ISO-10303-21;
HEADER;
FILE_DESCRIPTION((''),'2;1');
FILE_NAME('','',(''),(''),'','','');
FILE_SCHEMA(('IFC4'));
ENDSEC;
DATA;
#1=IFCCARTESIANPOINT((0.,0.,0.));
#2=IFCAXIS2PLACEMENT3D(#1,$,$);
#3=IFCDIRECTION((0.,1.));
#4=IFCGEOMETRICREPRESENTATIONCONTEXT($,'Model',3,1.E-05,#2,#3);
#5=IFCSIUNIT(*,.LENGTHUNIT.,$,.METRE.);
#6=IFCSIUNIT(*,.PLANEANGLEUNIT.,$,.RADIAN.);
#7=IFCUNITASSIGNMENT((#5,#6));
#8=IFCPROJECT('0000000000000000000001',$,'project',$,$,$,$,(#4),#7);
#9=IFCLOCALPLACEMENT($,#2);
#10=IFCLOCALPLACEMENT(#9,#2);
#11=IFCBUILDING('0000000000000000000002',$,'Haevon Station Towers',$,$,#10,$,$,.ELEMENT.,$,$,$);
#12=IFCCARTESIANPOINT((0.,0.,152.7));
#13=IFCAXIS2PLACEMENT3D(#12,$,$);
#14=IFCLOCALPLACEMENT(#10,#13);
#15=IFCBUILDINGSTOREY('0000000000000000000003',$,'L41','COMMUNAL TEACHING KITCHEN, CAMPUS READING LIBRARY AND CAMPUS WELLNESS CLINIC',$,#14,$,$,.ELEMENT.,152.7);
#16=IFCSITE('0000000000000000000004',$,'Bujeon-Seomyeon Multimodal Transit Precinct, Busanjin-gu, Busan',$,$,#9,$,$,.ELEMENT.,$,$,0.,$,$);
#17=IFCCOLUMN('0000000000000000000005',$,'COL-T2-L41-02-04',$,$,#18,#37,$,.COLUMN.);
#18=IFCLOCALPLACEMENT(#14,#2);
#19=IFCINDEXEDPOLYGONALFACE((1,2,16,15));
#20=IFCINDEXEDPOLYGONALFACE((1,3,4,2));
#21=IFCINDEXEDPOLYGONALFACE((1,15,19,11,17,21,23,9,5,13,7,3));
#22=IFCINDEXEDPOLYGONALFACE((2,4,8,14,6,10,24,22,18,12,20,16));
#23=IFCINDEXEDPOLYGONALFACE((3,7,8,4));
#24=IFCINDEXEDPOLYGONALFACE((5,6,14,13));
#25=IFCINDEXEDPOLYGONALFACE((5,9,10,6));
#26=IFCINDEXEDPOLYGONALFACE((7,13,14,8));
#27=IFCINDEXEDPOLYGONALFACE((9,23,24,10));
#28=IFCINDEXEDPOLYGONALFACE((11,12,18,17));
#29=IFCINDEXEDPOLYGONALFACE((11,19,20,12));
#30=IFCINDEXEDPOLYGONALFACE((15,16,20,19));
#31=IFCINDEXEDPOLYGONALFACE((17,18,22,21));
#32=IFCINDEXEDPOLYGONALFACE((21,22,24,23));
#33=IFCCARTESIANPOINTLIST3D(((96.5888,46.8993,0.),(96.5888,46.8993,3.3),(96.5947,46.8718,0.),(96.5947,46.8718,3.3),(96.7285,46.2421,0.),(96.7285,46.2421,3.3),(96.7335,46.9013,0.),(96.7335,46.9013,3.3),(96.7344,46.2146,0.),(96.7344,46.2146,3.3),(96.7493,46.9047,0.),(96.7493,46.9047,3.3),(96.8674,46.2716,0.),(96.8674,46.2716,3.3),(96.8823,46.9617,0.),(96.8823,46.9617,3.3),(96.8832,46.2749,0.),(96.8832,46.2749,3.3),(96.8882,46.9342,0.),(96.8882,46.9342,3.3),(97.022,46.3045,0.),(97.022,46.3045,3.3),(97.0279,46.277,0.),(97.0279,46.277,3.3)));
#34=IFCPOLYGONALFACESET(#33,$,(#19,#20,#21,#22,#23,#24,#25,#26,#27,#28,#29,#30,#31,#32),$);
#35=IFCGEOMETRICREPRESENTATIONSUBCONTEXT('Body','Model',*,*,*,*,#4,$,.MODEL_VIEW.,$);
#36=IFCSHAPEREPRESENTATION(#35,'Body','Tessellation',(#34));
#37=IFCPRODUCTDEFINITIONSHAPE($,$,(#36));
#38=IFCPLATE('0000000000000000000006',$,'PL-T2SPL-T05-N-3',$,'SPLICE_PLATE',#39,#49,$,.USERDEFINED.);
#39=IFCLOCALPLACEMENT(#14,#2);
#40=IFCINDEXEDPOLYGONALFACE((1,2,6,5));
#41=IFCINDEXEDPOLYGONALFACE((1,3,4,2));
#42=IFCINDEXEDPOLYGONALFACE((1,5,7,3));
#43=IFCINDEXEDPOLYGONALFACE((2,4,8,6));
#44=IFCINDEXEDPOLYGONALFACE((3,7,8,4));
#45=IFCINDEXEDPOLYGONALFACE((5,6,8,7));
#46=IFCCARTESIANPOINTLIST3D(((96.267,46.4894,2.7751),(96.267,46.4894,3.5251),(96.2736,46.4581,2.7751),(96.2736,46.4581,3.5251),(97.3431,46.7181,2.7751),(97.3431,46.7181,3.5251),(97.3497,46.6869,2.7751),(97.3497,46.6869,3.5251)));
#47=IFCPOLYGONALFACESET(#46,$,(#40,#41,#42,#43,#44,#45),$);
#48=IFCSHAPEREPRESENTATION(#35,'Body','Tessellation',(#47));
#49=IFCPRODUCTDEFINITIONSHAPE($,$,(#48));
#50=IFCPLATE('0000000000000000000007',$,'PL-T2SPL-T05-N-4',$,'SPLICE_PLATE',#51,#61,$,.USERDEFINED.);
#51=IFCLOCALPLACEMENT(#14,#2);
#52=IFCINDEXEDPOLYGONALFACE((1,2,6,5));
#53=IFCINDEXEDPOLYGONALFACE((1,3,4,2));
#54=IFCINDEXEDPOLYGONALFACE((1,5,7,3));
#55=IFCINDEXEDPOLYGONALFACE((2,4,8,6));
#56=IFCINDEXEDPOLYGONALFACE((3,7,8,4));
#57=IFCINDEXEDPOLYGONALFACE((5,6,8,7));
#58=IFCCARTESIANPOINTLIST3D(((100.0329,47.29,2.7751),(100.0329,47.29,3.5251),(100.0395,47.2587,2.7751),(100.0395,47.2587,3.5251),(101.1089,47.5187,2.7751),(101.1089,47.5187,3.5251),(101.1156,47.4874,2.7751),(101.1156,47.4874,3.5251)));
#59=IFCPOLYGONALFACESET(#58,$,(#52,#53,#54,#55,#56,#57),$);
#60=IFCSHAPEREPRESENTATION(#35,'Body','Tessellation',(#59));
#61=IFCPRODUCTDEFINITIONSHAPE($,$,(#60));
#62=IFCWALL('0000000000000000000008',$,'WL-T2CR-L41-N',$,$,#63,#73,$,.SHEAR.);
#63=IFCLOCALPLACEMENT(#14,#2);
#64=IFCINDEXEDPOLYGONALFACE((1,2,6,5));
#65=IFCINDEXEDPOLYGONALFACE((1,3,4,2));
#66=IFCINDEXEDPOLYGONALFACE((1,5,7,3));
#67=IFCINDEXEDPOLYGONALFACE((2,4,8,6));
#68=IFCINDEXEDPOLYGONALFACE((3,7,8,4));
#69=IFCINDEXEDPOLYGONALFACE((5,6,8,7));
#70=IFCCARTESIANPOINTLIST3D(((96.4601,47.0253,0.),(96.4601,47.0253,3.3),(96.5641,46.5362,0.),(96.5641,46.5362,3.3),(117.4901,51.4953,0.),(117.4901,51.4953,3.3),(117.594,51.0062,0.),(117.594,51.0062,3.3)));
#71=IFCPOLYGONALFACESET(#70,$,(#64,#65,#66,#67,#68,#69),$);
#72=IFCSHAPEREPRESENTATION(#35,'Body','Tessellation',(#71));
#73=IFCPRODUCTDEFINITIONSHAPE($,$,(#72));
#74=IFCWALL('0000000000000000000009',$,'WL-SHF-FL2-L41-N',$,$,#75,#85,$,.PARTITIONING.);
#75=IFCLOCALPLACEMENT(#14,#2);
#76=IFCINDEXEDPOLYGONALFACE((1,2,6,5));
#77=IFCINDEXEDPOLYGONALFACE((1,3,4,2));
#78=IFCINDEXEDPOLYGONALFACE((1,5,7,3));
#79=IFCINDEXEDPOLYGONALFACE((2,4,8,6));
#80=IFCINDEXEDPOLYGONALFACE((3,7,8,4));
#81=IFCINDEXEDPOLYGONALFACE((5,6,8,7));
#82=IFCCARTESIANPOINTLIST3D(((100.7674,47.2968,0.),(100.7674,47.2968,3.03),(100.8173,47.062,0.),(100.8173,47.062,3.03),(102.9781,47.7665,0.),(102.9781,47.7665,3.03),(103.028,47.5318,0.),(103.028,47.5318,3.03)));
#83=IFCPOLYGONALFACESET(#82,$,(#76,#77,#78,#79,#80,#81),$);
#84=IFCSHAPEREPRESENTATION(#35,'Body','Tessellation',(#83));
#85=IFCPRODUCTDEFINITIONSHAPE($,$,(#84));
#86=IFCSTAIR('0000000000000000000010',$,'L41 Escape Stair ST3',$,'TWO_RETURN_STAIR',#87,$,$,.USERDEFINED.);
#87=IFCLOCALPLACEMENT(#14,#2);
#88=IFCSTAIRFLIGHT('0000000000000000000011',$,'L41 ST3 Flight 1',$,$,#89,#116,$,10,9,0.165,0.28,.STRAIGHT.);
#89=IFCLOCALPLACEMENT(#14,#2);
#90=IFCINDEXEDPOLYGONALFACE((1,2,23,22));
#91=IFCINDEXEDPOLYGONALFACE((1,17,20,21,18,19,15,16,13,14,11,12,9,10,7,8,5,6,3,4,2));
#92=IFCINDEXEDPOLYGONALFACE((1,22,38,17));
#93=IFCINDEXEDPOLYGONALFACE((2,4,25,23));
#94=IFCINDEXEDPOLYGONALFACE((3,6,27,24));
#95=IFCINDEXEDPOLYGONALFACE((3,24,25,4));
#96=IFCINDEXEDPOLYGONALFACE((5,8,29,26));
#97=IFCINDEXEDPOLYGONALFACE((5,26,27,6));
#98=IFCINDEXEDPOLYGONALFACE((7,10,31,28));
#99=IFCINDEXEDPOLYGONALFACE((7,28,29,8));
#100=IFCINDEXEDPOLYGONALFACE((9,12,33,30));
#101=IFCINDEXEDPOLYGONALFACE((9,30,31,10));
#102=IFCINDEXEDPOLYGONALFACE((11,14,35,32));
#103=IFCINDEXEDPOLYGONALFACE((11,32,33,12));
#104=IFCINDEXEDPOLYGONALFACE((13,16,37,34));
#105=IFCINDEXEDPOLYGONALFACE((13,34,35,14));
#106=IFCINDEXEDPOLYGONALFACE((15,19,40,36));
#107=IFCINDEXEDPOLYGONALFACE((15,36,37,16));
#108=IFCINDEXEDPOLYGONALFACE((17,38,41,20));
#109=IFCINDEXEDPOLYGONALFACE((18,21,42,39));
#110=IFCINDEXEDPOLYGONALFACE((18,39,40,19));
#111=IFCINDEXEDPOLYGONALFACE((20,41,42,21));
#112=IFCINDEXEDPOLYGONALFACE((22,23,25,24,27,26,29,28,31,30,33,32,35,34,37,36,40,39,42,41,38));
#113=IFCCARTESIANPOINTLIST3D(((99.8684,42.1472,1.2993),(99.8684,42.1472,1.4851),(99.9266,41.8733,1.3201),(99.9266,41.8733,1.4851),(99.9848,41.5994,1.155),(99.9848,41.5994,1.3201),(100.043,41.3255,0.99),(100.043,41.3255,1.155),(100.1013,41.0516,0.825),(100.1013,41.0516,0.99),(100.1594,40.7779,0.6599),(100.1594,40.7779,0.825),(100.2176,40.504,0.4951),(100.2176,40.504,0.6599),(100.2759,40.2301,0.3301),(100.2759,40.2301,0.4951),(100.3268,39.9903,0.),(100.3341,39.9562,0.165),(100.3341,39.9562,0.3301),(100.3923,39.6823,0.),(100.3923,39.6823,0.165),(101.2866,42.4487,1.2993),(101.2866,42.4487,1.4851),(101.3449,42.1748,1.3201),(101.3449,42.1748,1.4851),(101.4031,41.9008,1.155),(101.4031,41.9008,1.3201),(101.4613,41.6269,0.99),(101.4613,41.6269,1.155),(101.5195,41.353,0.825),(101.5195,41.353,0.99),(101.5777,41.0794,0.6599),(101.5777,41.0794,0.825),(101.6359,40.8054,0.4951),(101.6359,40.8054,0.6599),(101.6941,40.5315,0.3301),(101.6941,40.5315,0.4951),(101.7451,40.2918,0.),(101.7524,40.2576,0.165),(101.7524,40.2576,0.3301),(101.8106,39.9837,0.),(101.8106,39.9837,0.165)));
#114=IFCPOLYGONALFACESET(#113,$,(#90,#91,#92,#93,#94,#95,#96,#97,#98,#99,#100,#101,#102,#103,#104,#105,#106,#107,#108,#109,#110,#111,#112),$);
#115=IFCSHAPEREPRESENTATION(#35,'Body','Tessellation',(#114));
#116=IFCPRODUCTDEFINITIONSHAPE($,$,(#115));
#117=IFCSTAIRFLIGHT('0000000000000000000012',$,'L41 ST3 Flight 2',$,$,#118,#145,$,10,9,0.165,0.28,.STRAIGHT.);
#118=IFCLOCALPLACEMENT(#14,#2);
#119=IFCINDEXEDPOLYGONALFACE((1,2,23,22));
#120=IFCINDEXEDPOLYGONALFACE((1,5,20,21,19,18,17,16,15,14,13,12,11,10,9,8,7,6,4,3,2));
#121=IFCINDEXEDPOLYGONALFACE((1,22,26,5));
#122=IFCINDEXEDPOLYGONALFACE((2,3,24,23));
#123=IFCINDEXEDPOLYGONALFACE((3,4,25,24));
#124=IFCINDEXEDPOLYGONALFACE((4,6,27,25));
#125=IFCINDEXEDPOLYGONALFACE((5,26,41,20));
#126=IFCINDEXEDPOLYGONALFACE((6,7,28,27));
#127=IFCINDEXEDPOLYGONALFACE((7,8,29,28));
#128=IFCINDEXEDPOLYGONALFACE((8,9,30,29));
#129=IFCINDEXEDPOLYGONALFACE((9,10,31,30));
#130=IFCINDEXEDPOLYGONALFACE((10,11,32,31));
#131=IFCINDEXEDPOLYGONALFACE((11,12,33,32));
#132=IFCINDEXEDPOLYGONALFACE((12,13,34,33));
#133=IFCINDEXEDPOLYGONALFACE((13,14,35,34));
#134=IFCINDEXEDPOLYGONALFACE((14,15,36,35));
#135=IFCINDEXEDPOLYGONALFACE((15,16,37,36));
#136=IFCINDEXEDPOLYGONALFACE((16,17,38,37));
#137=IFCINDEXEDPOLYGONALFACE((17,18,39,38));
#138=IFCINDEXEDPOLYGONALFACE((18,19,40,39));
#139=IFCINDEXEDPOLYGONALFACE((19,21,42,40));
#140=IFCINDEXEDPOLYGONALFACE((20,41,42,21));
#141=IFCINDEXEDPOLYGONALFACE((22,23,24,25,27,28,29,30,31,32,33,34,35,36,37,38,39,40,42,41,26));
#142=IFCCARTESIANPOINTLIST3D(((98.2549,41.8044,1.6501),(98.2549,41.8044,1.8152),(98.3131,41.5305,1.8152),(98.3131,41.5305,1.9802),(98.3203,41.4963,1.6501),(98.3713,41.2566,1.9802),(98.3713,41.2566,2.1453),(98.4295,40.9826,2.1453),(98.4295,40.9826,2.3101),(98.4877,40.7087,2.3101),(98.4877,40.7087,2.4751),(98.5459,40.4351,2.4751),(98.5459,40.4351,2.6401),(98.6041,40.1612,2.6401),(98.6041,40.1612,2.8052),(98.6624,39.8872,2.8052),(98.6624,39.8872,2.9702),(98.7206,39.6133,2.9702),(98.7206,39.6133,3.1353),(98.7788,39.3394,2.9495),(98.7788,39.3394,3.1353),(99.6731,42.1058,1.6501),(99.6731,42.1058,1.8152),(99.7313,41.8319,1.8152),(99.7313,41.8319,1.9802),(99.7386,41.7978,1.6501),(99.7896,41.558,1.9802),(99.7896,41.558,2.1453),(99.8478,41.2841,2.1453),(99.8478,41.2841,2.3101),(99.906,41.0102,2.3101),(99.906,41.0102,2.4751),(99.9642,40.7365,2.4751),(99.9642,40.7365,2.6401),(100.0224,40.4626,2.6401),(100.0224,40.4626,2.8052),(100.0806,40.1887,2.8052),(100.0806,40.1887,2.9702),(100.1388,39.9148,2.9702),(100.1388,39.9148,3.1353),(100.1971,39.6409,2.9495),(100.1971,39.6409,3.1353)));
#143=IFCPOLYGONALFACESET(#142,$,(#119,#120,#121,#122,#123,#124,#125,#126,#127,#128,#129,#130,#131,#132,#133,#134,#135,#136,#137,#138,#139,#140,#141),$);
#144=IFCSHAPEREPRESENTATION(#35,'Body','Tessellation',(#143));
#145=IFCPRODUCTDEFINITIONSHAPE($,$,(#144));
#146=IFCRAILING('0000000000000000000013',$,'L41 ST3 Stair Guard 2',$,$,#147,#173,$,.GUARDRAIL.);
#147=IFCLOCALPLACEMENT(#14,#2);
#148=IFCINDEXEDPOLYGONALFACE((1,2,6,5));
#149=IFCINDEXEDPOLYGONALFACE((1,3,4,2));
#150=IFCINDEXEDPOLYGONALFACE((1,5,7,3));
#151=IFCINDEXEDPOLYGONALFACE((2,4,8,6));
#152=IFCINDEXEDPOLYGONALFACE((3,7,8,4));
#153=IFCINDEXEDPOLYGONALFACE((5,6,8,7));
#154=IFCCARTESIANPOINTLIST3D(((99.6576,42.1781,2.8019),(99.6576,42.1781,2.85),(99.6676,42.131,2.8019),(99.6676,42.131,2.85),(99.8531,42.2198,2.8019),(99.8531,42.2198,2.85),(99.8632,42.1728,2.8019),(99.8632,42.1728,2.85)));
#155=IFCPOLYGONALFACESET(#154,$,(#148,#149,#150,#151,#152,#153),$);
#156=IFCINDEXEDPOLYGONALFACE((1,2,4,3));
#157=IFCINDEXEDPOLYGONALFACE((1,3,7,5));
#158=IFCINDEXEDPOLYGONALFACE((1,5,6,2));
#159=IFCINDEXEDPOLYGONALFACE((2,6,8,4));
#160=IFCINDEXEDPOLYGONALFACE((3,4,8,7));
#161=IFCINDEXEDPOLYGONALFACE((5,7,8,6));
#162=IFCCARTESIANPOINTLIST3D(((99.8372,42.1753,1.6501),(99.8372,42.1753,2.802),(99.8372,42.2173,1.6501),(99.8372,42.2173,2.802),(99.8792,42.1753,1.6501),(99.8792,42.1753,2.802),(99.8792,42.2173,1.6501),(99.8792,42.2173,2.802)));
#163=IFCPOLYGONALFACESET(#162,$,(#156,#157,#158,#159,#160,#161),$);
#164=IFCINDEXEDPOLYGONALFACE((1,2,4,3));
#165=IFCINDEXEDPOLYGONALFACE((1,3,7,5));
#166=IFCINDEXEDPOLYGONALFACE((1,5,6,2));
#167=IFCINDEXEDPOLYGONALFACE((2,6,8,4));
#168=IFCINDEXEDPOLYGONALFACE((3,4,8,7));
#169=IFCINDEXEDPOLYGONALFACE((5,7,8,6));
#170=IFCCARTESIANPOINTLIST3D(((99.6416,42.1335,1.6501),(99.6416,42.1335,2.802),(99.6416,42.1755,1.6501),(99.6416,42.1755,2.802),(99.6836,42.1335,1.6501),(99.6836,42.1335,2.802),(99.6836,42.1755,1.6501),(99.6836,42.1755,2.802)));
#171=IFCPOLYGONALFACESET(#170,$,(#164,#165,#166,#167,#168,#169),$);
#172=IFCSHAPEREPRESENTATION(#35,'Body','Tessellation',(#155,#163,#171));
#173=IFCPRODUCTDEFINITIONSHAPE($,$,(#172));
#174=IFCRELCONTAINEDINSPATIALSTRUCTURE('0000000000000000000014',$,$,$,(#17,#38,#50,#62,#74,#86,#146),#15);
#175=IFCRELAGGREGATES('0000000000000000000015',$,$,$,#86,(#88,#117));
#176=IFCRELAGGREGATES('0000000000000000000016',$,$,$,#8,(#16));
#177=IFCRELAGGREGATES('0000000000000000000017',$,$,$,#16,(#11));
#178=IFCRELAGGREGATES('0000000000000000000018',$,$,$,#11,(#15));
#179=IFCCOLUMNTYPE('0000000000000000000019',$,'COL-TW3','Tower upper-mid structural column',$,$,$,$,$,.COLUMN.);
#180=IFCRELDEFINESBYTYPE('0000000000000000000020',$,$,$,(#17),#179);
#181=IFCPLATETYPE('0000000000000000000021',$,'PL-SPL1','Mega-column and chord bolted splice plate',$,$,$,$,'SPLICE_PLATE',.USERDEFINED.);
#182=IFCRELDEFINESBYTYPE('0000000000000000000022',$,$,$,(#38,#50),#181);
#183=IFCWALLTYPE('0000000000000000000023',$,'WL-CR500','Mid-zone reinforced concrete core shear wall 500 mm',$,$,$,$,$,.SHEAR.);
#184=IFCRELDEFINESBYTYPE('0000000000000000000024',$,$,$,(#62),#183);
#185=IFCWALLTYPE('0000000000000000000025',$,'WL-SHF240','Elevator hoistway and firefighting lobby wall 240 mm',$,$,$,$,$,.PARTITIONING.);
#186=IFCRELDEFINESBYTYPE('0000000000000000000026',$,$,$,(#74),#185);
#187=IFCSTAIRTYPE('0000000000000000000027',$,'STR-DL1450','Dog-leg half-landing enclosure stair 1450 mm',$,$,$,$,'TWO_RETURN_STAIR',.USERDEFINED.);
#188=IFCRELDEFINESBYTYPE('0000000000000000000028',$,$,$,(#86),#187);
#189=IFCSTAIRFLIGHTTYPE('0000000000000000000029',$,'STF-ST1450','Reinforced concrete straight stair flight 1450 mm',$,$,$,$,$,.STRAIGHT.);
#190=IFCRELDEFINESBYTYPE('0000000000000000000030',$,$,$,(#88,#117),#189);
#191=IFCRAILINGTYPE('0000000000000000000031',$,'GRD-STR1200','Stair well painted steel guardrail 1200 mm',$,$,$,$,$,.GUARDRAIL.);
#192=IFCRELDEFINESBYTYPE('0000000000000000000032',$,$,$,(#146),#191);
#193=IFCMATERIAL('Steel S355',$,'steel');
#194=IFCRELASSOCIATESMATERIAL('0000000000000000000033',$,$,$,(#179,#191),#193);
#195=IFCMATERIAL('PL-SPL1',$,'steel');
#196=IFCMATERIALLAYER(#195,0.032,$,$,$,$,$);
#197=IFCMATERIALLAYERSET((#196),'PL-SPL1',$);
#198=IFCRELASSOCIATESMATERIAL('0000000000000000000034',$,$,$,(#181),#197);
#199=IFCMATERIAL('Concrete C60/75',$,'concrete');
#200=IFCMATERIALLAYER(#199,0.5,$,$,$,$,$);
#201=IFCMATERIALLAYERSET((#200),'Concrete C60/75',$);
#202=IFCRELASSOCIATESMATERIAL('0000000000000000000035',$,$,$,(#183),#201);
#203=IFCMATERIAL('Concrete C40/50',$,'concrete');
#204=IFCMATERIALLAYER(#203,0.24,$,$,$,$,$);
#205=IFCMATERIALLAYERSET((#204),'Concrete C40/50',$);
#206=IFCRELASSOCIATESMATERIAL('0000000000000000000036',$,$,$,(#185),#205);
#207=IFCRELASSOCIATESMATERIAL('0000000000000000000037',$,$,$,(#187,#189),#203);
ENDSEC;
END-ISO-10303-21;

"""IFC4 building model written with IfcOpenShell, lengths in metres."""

from ifc_helpers import new_model, si_unit, direction, frame, frame_2d, origin, origin_2d, place, context, subcontext, project, spatial, polyline, rectangle, i_section, outline, extrude, material, layer, layer_set, material_profile, profile_set, type_object, element, aggregate, save


model = new_model("IFC4")

# Units and contexts
model_context = context("Model", 3, precision=1e-05, world=origin(), true_north=direction((0.0, 1.0)))
body_context = subcontext(model_context, "Body", "Model", "MODEL_VIEW")
ifc_project = project(units=[si_unit("LENGTHUNIT", "METRE"), si_unit("PLANEANGLEUNIT", "RADIAN")], contexts=[model_context])

# Site, building, storey
site_placement = place(None, origin())
site = spatial("IfcSite", under=ifc_project, at=site_placement, Name="Bujeon-Seomyeon Multimodal Transit Precinct, Busanjin-gu, Busan", CompositionType="ELEMENT", RefElevation=0.0)
building_placement = place(site_placement, origin())
building = spatial("IfcBuilding", under=site, at=building_placement, Name="Haevon Station Towers", CompositionType="ELEMENT")
storey_placement = place(building_placement, frame((0.0, 0.0, 152.7)))
storey = spatial("IfcBuildingStorey", under=building, at=storey_placement, Name="L41", Description="COMMUNAL TEACHING KITCHEN, CAMPUS READING LIBRARY AND CAMPUS WELLNESS CLINIC", CompositionType="ELEMENT", Elevation=152.7)

# Column
ifc_material_1 = material(Name="Steel S355", Category="steel")
ifc_material_profile = material_profile(ifc_material_1, i_section(OverallWidth=0.3, OverallDepth=0.7, WebThickness=0.0161, FlangeThickness=0.0281, at=origin_2d()), Name="H-700x300x16x28")
ifc_profile_set = profile_set([ifc_material_profile], Name="Steel S355")
column_type = type_object("IfcColumnType", Name="COL-TW3", Description="Tower upper-mid structural column", PredefinedType="COLUMN", material=ifc_profile_set)
column_placement = place(storey_placement, frame((96.8083, 46.5881, 0.0), z_axis=(0.0, 0.0, 1.0), x_axis=(0.978148, 0.207912, 0.0)))
element("IfcColumn", 1, at=column_placement, inside=storey, type_object=column_type, Name="COL-T2-L41-02-04", PredefinedType="COLUMN", context=body_context, shape_type="SweptSolid", body=[
    extrude(i_section(OverallWidth=0.3, OverallDepth=0.7, WebThickness=0.0161, FlangeThickness=0.0281, at=origin_2d()), origin(), (0.0, 0.0, 1.0), 3.3),
])

# Plates
ifc_material_2 = material(Name="PL-SPL1", Category="steel")
ifc_layer_1 = layer(ifc_material_2, 0.032)
ifc_layer_set_1 = layer_set([ifc_layer_1], Name="PL-SPL1")
plate_type = type_object("IfcPlateType", Name="PL-SPL1", Description="Mega-column and chord bolted splice plate", ElementType="SPLICE_PLATE", PredefinedType="USERDEFINED", material=ifc_layer_set_1)
for number, where, z_axis, x_axis, name in (
    (2, (96.8083, 46.5881, 2.7751), (0.0, 0.0, 1.0), (0.978148, 0.207912, 0.0), "PL-T2SPL-T05-N-3"),
    (3, (100.5742, 47.3887, 2.7751), (0.0, 0.0, 1.0), (0.978148, 0.207912, 0.0), "PL-T2SPL-T05-N-4"),
):
    element("IfcPlate", number, at=place(storey_placement, frame(where, z_axis=z_axis, x_axis=x_axis)), inside=storey, type_object=plate_type, Name=name, ObjectType="SPLICE_PLATE", PredefinedType="USERDEFINED", context=body_context, shape_type="SweptSolid", body=[
        extrude(rectangle(XDim=1.1001, YDim=0.032, at=origin_2d()), origin(), (0.0, 0.0, 1.0), 0.75),
    ])

# Walls
ifc_material_3 = material(Name="Concrete C60/75", Category="concrete")
ifc_layer_2 = layer(ifc_material_3, 0.5)
ifc_layer_set_2 = layer_set([ifc_layer_2], Name="Concrete C60/75")
wall_type_1 = type_object("IfcWallType", Name="WL-CR500", Description="Mid-zone reinforced concrete core shear wall 500 mm", PredefinedType="SHEAR", material=ifc_layer_set_2)
wall_1_placement = place(storey_placement, frame((96.512, 46.7808, 0.0), z_axis=(0.0, 0.0, 1.0), x_axis=(0.978149, 0.207907, 0.0)))
element("IfcWall", 4, at=wall_1_placement, inside=storey, type_object=wall_type_1, Name="WL-T2CR-L41-N", PredefinedType="SHEAR", context=body_context, shape_type="SweptSolid", body=[
    extrude(rectangle(XDim=21.4998, YDim=0.5, at=frame_2d((10.75, 0.0))), origin(), (0.0, 0.0, 1.0), 3.3),
])
ifc_material_4 = material(Name="Concrete C40/50", Category="concrete")
ifc_layer_3 = layer(ifc_material_4, 0.24)
ifc_layer_set_3 = layer_set([ifc_layer_3], Name="Concrete C40/50")
wall_type_2 = type_object("IfcWallType", Name="WL-SHF240", Description="Elevator hoistway and firefighting lobby wall 240 mm", PredefinedType="PARTITIONING", material=ifc_layer_set_3)
wall_2_placement = place(storey_placement, frame((100.7925, 47.1794, 0.0), z_axis=(0.0, 0.0, 1.0), x_axis=(0.978163, 0.207839, 0.0)))
element("IfcWall", 5, at=wall_2_placement, inside=storey, type_object=wall_type_2, Name="WL-SHF-FL2-L41-N", PredefinedType="PARTITIONING", context=body_context, shape_type="SweptSolid", body=[
    extrude(rectangle(XDim=2.26, YDim=0.24, at=frame_2d((1.1299, 0.0))), origin(), (0.0, 0.0, 1.0), 3.03),
])

# Stair, stair flights
stair_type = type_object("IfcStairType", Name="STR-DL1450", Description="Dog-leg half-landing enclosure stair 1450 mm", ElementType="TWO_RETURN_STAIR", PredefinedType="USERDEFINED", material=ifc_material_4)
stair_placement = place(storey_placement, origin())
stair = element("IfcStair", 6, at=stair_placement, inside=storey, type_object=stair_type, Name="L41 Escape Stair ST3", ObjectType="TWO_RETURN_STAIR", PredefinedType="USERDEFINED")
stair_flight_type = type_object("IfcStairFlightType", Name="STF-ST1450", Description="Reinforced concrete straight stair flight 1450 mm", PredefinedType="STRAIGHT", material=ifc_material_4)
stair_flight_1_placement = place(storey_placement, frame((101.1016, 39.833, 0.0), z_axis=(0.0, 0.0, 1.0), x_axis=(-0.207912, 0.978148, 0.0)))
stair_flight_1 = element("IfcStairFlight", 7, at=stair_flight_1_placement, type_object=stair_flight_type, Name="L41 ST3 Flight 1", NumberOfRisers=10, NumberOfTreads=9, PredefinedType="STRAIGHT", RiserHeight=0.165, TreadLength=0.28, context=body_context, shape_type="SweptSolid", body=[
    extrude(outline(polyline([(0.0, 0.0), (0.0, 0.165), (0.28, 0.165), (0.28, 0.3301), (0.5601, 0.3301), (0.5601, 0.4951), (0.8401, 0.4951), (0.8401, 0.6599), (1.1201, 0.6599), (1.1201, 0.825), (1.3999, 0.825), (1.3999, 0.99), (1.6799, 0.99), (1.6799, 1.155), (1.96, 1.155), (1.96, 1.3201), (2.24, 1.3201), (2.24, 1.4851), (2.52, 1.4851), (2.52, 1.6499), (2.52, 1.2993), (0.3149, 0.0), (0.0, 0.0)])), frame((0.0, 0.7251, 0.0), z_axis=(0.0, -1.0, 0.0), x_axis=(1.0, 0.0, 0.0)), (0.0, 0.0, 1.0), 1.45),
])
stair_flight_2_placement = place(storey_placement, frame((98.9639, 41.9551, 1.6501), z_axis=(0.0, 0.0, 1.0), x_axis=(0.207912, -0.978148, 0.0)))
stair_flight_2 = element("IfcStairFlight", 8, at=stair_flight_2_placement, type_object=stair_flight_type, Name="L41 ST3 Flight 2", NumberOfRisers=10, NumberOfTreads=9, PredefinedType="STRAIGHT", RiserHeight=0.165, TreadLength=0.28, context=body_context, shape_type="SweptSolid", body=[
    extrude(outline(polyline([(0.0, 0.0), (0.0, 0.165), (0.28, 0.165), (0.28, 0.3301), (0.5601, 0.3301), (0.5601, 0.4951), (0.8401, 0.4951), (0.8401, 0.6599), (1.1201, 0.6599), (1.1201, 0.825), (1.3999, 0.825), (1.3999, 0.99), (1.6799, 0.99), (1.6799, 1.155), (1.96, 1.155), (1.96, 1.3201), (2.24, 1.3201), (2.24, 1.4851), (2.52, 1.4851), (2.52, 1.6499), (2.52, 1.2993), (0.3149, 0.0), (0.0, 0.0)])), frame((0.0, 0.7251, 0.0), z_axis=(0.0, -1.0, 0.0), x_axis=(1.0, 0.0, 0.0)), (0.0, 0.0, 1.0), 1.45),
])
aggregate(stair, [stair_flight_1, stair_flight_2])

# Railing
railing_type_1 = type_object("IfcRailingType", Name="GRD-STR1200", Description="Stair well painted steel guardrail 1200 mm", PredefinedType="GUARDRAIL", material=ifc_material_1)
railing_1_placement = place(storey_placement, frame((99.8582, 42.1963, 1.6501)))
element("IfcRailing", 9, at=railing_1_placement, inside=storey, type_object=railing_type_1, Name="L41 ST3 Stair Guard 2", PredefinedType="GUARDRAIL", context=body_context, shape_type="SweptSolid", body=[
    extrude(rectangle(XDim=0.0481, YDim=0.0481, at=origin_2d()), frame((0.0, 0.0, 1.1758), z_axis=(-0.977963, -0.208779, 0.0), x_axis=(0.208779, -0.977963, 0.0)), (0.0, 0.0, 1.0), 0.2),
    extrude(rectangle(XDim=0.042, YDim=0.042, at=origin_2d()), origin(), (0.0, 0.0, 1.0), 1.1519),
    extrude(rectangle(XDim=0.042, YDim=0.042, at=origin_2d()), frame((-0.1956, -0.0417, 0.0)), (0.0, 0.0, 1.0), 1.1519),
])

save(model, "model.ifc")
